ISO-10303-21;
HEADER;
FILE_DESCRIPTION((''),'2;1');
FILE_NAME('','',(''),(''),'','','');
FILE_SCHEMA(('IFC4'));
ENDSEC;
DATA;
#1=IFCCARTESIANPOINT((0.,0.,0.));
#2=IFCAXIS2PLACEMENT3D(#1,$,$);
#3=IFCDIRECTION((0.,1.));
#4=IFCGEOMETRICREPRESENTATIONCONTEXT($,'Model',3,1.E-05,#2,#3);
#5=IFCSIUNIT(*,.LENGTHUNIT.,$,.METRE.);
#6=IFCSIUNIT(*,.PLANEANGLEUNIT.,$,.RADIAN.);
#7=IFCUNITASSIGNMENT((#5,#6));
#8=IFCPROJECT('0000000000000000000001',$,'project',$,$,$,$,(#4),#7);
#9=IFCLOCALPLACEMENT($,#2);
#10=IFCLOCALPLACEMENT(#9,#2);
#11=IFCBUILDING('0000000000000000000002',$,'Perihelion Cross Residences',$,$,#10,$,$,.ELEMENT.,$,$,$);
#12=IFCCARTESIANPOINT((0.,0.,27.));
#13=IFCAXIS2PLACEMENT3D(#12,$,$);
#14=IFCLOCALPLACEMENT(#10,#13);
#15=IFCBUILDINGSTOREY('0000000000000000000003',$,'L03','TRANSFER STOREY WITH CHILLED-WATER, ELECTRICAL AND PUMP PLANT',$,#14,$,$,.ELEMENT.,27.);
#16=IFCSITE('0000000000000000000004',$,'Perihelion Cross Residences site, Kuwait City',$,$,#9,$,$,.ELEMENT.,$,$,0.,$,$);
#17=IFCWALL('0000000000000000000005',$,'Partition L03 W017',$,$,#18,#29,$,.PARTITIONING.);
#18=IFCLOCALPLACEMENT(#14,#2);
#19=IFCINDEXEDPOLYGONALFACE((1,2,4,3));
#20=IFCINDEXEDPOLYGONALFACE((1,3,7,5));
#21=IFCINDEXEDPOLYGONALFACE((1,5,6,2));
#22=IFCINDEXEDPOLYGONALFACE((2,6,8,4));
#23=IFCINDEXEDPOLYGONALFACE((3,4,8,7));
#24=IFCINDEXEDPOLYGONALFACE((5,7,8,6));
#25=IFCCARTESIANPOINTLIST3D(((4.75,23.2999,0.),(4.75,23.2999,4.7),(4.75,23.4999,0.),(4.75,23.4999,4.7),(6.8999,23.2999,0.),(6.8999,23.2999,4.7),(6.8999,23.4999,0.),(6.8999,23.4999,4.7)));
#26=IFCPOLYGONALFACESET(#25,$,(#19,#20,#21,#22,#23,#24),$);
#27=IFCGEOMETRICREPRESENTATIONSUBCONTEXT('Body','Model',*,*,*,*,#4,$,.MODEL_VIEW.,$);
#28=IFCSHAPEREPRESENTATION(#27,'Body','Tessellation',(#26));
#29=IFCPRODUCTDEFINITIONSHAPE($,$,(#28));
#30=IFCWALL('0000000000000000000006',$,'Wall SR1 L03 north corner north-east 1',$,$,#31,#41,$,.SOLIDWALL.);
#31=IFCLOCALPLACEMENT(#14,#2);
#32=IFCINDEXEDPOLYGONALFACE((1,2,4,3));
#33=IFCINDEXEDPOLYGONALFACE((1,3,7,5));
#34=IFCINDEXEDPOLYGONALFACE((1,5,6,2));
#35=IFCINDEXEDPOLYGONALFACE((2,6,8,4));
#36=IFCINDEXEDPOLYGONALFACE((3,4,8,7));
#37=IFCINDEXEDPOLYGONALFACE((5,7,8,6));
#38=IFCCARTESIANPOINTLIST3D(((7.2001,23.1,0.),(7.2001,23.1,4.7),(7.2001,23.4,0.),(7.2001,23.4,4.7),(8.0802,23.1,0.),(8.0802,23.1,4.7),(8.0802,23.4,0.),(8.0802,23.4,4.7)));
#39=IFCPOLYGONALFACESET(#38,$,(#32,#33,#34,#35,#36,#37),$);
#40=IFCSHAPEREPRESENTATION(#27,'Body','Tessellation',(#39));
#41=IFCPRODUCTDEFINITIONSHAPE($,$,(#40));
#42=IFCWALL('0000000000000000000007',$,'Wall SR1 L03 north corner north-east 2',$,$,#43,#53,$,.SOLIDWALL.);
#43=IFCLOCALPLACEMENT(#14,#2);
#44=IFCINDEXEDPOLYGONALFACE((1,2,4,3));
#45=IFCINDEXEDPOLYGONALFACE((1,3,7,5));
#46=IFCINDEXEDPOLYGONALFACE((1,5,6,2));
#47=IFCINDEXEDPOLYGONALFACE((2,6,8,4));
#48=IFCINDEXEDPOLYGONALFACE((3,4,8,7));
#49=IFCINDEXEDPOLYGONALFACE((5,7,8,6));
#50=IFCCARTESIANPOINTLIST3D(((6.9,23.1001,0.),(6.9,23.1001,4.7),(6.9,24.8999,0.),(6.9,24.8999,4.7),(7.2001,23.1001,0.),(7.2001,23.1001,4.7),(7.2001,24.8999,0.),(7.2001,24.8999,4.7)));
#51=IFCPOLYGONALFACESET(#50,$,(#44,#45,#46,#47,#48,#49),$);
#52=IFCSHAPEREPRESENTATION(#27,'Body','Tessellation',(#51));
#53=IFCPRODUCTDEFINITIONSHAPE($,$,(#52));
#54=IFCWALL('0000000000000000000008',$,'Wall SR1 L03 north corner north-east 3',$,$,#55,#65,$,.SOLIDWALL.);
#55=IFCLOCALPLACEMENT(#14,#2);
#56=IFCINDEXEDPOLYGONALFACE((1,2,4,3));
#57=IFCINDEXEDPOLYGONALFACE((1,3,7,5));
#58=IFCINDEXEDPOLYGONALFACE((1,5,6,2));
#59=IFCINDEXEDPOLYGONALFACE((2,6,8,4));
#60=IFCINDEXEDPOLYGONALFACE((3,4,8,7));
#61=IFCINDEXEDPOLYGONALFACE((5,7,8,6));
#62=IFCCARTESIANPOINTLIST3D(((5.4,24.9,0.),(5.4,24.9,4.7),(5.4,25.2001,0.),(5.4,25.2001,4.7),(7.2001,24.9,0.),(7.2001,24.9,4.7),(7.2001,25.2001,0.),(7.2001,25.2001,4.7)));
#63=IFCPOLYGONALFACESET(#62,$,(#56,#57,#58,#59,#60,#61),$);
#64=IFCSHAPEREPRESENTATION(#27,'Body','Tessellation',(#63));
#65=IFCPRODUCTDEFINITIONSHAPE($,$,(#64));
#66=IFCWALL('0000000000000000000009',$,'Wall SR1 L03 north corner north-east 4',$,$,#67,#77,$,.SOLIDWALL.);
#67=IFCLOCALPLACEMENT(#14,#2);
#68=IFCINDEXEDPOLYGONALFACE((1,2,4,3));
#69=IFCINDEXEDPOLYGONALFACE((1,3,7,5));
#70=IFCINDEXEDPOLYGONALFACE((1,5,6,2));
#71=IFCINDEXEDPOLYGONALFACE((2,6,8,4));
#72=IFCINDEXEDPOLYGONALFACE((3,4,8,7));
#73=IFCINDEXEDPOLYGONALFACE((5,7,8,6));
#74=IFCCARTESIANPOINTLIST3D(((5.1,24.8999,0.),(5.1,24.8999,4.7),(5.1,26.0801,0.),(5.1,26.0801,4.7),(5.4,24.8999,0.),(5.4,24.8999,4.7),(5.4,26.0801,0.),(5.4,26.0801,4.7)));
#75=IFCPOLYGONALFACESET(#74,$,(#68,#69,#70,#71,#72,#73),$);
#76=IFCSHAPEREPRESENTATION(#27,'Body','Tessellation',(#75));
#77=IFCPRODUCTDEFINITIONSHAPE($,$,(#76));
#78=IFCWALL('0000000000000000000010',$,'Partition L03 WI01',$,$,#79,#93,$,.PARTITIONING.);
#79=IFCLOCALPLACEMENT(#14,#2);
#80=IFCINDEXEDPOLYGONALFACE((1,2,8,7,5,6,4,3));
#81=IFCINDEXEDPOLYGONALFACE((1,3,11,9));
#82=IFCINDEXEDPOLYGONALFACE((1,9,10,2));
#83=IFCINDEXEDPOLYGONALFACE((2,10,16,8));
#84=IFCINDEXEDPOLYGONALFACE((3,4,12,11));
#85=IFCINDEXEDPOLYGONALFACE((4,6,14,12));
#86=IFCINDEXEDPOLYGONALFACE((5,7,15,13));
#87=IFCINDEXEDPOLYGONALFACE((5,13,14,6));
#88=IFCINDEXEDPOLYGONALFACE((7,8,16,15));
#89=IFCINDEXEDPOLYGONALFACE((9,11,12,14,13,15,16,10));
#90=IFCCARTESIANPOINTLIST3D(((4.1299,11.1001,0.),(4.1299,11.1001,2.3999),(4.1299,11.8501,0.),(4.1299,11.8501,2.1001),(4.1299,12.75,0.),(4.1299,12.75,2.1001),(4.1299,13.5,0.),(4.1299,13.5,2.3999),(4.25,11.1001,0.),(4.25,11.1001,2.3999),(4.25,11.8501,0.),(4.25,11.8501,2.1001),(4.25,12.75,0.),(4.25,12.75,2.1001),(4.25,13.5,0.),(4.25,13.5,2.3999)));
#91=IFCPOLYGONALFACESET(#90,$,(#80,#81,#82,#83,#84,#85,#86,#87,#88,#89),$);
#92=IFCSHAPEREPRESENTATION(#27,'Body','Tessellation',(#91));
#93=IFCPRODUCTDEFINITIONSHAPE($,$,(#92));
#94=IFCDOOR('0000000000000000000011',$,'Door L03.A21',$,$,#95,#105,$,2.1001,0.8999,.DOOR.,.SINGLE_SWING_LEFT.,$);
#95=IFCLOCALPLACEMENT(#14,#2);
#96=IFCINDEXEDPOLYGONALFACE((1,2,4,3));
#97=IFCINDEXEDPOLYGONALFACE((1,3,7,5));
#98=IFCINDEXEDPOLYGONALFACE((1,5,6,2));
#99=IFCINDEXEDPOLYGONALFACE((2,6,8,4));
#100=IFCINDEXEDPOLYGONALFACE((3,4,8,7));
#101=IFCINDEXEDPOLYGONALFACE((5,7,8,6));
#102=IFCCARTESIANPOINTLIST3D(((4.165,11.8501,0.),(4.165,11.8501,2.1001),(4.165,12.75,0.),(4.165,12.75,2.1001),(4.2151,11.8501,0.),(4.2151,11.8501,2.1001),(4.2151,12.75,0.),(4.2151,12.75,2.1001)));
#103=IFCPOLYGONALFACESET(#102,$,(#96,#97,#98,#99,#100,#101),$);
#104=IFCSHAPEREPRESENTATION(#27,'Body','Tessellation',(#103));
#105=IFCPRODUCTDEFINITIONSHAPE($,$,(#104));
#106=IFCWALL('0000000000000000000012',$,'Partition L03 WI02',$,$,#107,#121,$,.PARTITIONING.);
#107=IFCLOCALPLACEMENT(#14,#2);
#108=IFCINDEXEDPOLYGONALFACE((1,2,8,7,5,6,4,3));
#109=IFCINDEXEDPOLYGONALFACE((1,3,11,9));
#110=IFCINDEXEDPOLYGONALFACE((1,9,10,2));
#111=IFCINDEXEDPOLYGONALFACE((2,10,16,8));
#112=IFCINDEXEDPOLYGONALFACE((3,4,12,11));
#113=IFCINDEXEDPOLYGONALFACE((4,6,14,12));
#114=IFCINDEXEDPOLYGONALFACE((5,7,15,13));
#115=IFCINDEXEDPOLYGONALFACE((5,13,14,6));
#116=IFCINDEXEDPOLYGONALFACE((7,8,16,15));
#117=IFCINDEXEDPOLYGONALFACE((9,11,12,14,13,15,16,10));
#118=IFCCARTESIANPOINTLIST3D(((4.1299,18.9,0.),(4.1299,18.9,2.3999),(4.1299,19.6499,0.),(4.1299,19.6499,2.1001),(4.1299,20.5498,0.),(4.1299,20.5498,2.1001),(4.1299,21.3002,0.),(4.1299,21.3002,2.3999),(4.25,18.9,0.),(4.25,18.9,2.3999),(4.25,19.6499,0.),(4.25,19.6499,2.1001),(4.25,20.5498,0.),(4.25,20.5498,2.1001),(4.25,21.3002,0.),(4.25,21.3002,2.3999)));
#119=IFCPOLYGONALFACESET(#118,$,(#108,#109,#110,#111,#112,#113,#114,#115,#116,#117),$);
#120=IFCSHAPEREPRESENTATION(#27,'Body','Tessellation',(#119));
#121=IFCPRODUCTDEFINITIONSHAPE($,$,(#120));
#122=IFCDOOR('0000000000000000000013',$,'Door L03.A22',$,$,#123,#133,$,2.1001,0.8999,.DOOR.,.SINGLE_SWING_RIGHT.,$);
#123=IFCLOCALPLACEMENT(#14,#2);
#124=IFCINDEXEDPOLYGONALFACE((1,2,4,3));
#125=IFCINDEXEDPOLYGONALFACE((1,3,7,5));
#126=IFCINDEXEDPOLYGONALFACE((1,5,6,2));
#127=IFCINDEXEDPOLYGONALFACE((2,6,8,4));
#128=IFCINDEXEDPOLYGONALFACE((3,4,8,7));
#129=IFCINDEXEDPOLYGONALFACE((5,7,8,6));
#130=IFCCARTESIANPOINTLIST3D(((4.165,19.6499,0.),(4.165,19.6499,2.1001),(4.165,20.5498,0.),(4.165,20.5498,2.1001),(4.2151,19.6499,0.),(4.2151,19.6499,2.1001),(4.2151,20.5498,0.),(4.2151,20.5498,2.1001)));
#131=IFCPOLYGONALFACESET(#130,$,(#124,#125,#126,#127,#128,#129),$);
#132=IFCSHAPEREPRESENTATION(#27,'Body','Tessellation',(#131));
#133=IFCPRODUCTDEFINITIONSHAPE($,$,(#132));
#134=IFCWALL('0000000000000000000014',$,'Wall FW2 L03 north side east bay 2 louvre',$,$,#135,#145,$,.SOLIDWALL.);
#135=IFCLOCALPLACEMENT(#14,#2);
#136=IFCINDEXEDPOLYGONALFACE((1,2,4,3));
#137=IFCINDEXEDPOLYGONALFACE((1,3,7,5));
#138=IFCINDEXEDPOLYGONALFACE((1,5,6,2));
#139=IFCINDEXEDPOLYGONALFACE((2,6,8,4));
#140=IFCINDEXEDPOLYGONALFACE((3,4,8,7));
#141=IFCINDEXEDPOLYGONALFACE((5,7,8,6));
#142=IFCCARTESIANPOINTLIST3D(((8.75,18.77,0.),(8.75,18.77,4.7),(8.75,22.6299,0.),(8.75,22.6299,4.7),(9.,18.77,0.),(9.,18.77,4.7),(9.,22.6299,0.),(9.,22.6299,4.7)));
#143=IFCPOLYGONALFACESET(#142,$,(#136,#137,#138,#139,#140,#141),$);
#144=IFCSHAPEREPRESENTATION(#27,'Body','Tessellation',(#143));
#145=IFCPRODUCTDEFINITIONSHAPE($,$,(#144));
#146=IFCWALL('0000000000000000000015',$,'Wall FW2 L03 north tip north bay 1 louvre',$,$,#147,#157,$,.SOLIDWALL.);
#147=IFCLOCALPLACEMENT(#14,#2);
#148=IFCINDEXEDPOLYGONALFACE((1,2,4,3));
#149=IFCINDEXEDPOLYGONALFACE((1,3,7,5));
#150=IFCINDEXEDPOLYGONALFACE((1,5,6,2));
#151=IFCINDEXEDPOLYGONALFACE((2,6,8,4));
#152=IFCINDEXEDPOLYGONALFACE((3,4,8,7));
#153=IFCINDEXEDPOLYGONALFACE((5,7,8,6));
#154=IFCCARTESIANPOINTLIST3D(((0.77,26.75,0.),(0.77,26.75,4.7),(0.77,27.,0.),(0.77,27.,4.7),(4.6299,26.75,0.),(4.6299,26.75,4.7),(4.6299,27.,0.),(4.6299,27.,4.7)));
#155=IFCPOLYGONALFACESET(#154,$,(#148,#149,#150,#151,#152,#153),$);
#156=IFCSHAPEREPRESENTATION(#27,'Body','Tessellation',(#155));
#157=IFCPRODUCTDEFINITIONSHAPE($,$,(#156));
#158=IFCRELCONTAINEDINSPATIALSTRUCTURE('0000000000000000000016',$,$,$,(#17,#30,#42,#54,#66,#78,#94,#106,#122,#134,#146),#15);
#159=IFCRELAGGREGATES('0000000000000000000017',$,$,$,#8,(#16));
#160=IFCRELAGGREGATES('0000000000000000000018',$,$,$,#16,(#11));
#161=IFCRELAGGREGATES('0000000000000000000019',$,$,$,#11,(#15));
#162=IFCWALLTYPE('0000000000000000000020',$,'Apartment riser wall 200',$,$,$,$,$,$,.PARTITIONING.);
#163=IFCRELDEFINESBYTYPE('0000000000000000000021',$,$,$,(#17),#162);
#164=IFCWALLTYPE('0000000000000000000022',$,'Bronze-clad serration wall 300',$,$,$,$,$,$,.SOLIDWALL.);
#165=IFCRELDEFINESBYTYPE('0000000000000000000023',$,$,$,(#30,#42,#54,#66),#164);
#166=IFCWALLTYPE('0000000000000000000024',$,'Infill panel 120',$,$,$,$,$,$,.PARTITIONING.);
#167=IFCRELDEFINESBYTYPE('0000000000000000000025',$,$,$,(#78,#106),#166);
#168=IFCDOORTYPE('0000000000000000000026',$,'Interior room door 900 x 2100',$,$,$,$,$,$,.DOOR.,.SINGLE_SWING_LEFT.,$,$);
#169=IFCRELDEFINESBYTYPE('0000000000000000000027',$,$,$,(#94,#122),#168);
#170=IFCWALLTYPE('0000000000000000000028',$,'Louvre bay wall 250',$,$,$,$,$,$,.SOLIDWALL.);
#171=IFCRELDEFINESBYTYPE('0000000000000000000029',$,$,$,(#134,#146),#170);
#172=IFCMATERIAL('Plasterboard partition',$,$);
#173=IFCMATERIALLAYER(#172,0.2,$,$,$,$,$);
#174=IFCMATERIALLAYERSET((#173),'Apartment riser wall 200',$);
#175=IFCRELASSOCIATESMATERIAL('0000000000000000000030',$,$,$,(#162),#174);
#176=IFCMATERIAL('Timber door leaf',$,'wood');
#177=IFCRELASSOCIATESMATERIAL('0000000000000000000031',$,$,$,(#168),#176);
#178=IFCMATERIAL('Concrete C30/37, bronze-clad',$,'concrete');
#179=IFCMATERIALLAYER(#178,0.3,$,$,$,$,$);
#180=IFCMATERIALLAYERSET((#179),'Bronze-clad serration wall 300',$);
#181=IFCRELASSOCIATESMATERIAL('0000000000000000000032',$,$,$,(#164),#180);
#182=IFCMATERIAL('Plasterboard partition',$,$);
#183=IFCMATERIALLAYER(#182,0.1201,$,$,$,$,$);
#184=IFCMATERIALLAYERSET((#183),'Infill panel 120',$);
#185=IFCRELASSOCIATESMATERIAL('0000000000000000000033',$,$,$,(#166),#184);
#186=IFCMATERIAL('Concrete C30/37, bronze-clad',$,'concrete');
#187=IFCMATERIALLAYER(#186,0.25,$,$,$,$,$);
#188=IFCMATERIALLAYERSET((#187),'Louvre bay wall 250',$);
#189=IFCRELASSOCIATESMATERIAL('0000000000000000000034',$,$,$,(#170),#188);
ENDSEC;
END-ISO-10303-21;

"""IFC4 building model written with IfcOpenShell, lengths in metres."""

from ifc_helpers import new_model, si_unit, direction, frame, frame_2d, origin, place, context, subcontext, project, spatial, rectangle, extrude, material, layer, layer_set, type_object, element, fill, save


model = new_model("IFC4")

# Units and contexts
model_context = context("Model", 3, precision=1e-05, world=origin(), true_north=direction((0.0, 1.0)))
body_context = subcontext(model_context, "Body", "Model", "MODEL_VIEW")
ifc_project = project(units=[si_unit("LENGTHUNIT", "METRE"), si_unit("PLANEANGLEUNIT", "RADIAN")], contexts=[model_context])

# Site, building, storey
site_placement = place(None, origin())
site = spatial("IfcSite", under=ifc_project, at=site_placement, Name="Perihelion Cross Residences site, Kuwait City", CompositionType="ELEMENT", RefElevation=0.0)
building_placement = place(site_placement, origin())
building = spatial("IfcBuilding", under=site, at=building_placement, Name="Perihelion Cross Residences", CompositionType="ELEMENT")
storey_placement = place(building_placement, frame((0.0, 0.0, 27.0)))
storey = spatial("IfcBuildingStorey", under=building, at=storey_placement, Name="L03", Description="TRANSFER STOREY WITH CHILLED-WATER, ELECTRICAL AND PUMP PLANT", CompositionType="ELEMENT", Elevation=27.0)

# Shared definitions
ifc_material_1 = material(Name="Plasterboard partition")
ifc_layer_1 = layer(ifc_material_1, 0.2)
ifc_layer_set_1 = layer_set([ifc_layer_1], Name="Apartment riser wall 200")
wall_type_1 = type_object("IfcWallType", Name="Apartment riser wall 200", PredefinedType="PARTITIONING", material=ifc_layer_set_1)
ifc_material_2 = material(Name="Timber door leaf", Category="wood")
door_type_1 = type_object("IfcDoorType", Name="Interior room door 900 x 2100", OperationType="SINGLE_SWING_LEFT", PredefinedType="DOOR", material=ifc_material_2)

# Walls
wall_1_placement = place(storey_placement, frame((4.75, 23.3999, 0.0), z_axis=(0.0, 0.0, 1.0), x_axis=(1.0, 0.0, 0.0)))
element("IfcWall", 1, at=wall_1_placement, inside=storey, type_object=wall_type_1, Name="Partition L03 W017", PredefinedType="PARTITIONING", context=body_context, shape_type="SweptSolid", body=[
    extrude(rectangle(XDim=2.1499, YDim=0.2, at=frame_2d((1.075, 0.0))), origin(), (0.0, 0.0, 1.0), 4.7),
])
ifc_material_3 = material(Name="Concrete C30/37, bronze-clad", Category="concrete")
ifc_layer_2 = layer(ifc_material_3, 0.3)
ifc_layer_set_2 = layer_set([ifc_layer_2], Name="Bronze-clad serration wall 300")
wall_type_2 = type_object("IfcWallType", Name="Bronze-clad serration wall 300", PredefinedType="SOLIDWALL", material=ifc_layer_set_2)
wall_2_placement = place(storey_placement, frame((8.0801, 23.25, 0.0), z_axis=(0.0, 0.0, 1.0), x_axis=(-1.0, 0.0, 0.0)))
element("IfcWall", 2, at=wall_2_placement, inside=storey, type_object=wall_type_2, Name="Wall SR1 L03 north corner north-east 1", PredefinedType="SOLIDWALL", context=body_context, shape_type="SweptSolid", body=[
    extrude(rectangle(XDim=0.8801, YDim=0.3, at=frame_2d((0.4399, 0.0))), origin(), (0.0, 0.0, 1.0), 4.7),
])
wall_3_placement = place(storey_placement, frame((7.05, 23.1001, 0.0), z_axis=(0.0, 0.0, 1.0), x_axis=(0.0, 1.0, 0.0)))
element("IfcWall", 3, at=wall_3_placement, inside=storey, type_object=wall_type_2, Name="Wall SR1 L03 north corner north-east 2", PredefinedType="SOLIDWALL", context=body_context, shape_type="SweptSolid", body=[
    extrude(rectangle(XDim=1.7998, YDim=0.3, at=frame_2d((0.8999, 0.0))), origin(), (0.0, 0.0, 1.0), 4.7),
])
wall_4_placement = place(storey_placement, frame((7.2, 25.05, 0.0), z_axis=(0.0, 0.0, 1.0), x_axis=(-1.0, 0.0, 0.0)))
element("IfcWall", 4, at=wall_4_placement, inside=storey, type_object=wall_type_2, Name="Wall SR1 L03 north corner north-east 3", PredefinedType="SOLIDWALL", context=body_context, shape_type="SweptSolid", body=[
    extrude(rectangle(XDim=1.8, YDim=0.3, at=frame_2d((0.8999, 0.0))), origin(), (0.0, 0.0, 1.0), 4.7),
])
wall_5_placement = place(storey_placement, frame((5.25, 24.8999, 0.0), z_axis=(0.0, 0.0, 1.0), x_axis=(0.0, 1.0, 0.0)))
element("IfcWall", 5, at=wall_5_placement, inside=storey, type_object=wall_type_2, Name="Wall SR1 L03 north corner north-east 4", PredefinedType="SOLIDWALL", context=body_context, shape_type="SweptSolid", body=[
    extrude(rectangle(XDim=1.1802, YDim=0.3, at=frame_2d((0.5901, 0.0))), origin(), (0.0, 0.0, 1.0), 4.7),
])

# Walls, openings, doors
ifc_material_4 = material(Name="Plasterboard partition")
ifc_layer_3 = layer(ifc_material_4, 0.1201)
ifc_layer_set_3 = layer_set([ifc_layer_3], Name="Infill panel 120")
wall_type_3 = type_object("IfcWallType", Name="Infill panel 120", PredefinedType="PARTITIONING", material=ifc_layer_set_3)
wall_6_placement = place(storey_placement, frame((4.1899, 11.1001, 0.0), z_axis=(0.0, 0.0, 1.0), x_axis=(0.0, 1.0, 0.0)))
wall_6 = element("IfcWall", 6, at=wall_6_placement, inside=storey, type_object=wall_type_3, Name="Partition L03 WI01", PredefinedType="PARTITIONING", context=body_context, shape_type="SweptSolid", body=[
    extrude(rectangle(XDim=2.3999, YDim=0.1201, at=frame_2d((1.2, 0.0))), origin(), (0.0, 0.0, 1.0), 2.3999),
])
opening_1_placement = place(wall_6_placement, frame((0.75, 0.0, 0.0)))
opening_1 = element("IfcOpeningElement", 7, at=opening_1_placement, cuts=wall_6, PredefinedType="OPENING", context=body_context, shape_type="SweptSolid", body=[
    extrude(rectangle(XDim=0.8999, YDim=2.1001, at=frame_2d((0.45, 1.05))), frame((0.0, 0.0701, 0.0), z_axis=(0.0, -1.0, 0.0), x_axis=(1.0, 0.0, 0.0)), (0.0, 0.0, 1.0), 0.1401),
])
door_1_placement = place(opening_1_placement, origin())
door_1 = element("IfcDoor", 8, at=door_1_placement, inside=storey, type_object=door_type_1, Name="Door L03.A21", OperationType="SINGLE_SWING_LEFT", OverallHeight=2.1001, OverallWidth=0.8999, PredefinedType="DOOR", context=body_context, shape_type="SweptSolid", body=[
    extrude(rectangle(XDim=0.8999, YDim=2.1001, at=frame_2d((0.45, 1.05))), frame((0.0, 0.0249, 0.0), z_axis=(0.0, -1.0, 0.0), x_axis=(1.0, 0.0, 0.0)), (0.0, 0.0, 1.0), 0.05),
])
fill(opening_1, door_1)
wall_7_placement = place(storey_placement, frame((4.1899, 18.8999, 0.0), z_axis=(0.0, 0.0, 1.0), x_axis=(0.0, 1.0, 0.0)))
wall_7 = element("IfcWall", 9, at=wall_7_placement, inside=storey, type_object=wall_type_3, Name="Partition L03 WI02", PredefinedType="PARTITIONING", context=body_context, shape_type="SweptSolid", body=[
    extrude(rectangle(XDim=2.4001, YDim=0.1201, at=frame_2d((1.2002, 0.0))), origin(), (0.0, 0.0, 1.0), 2.3999),
])
opening_2_placement = place(wall_7_placement, frame((0.75, 0.0, 0.0)))
opening_2 = element("IfcOpeningElement", 10, at=opening_2_placement, cuts=wall_7, PredefinedType="OPENING", context=body_context, shape_type="SweptSolid", body=[
    extrude(rectangle(XDim=0.8999, YDim=2.1001, at=frame_2d((0.45, 1.05))), frame((0.0, 0.0701, 0.0), z_axis=(0.0, -1.0, 0.0), x_axis=(1.0, 0.0, 0.0)), (0.0, 0.0, 1.0), 0.1401),
])
door_2_placement = place(opening_2_placement, origin())
door_2 = element("IfcDoor", 11, at=door_2_placement, inside=storey, type_object=door_type_1, Name="Door L03.A22", OperationType="SINGLE_SWING_RIGHT", OverallHeight=2.1001, OverallWidth=0.8999, PredefinedType="DOOR", context=body_context, shape_type="SweptSolid", body=[
    extrude(rectangle(XDim=0.8999, YDim=2.1001, at=frame_2d((0.45, 1.05))), frame((0.0, 0.0249, 0.0), z_axis=(0.0, -1.0, 0.0), x_axis=(1.0, 0.0, 0.0)), (0.0, 0.0, 1.0), 0.05),
])
fill(opening_2, door_2)

# Walls
ifc_material_5 = material(Name="Concrete C30/37, bronze-clad", Category="concrete")
ifc_layer_4 = layer(ifc_material_5, 0.25)
ifc_layer_set_4 = layer_set([ifc_layer_4], Name="Louvre bay wall 250")
wall_type_4 = type_object("IfcWallType", Name="Louvre bay wall 250", PredefinedType="SOLIDWALL", material=ifc_layer_set_4)
for number, where, z_axis, x_axis, name in (
    (12, (8.875, 18.77, 0.0), (0.0, 0.0, 1.0), (0.0, 1.0, 0.0), "Wall FW2 L03 north side east bay 2 louvre"),
    (13, (4.6299, 26.875, 0.0), (0.0, 0.0, 1.0), (-1.0, 0.0, 0.0), "Wall FW2 L03 north tip north bay 1 louvre"),
):
    element("IfcWall", number, at=place(storey_placement, frame(where, z_axis=z_axis, x_axis=x_axis)), inside=storey, type_object=wall_type_4, Name=name, PredefinedType="SOLIDWALL", context=body_context, shape_type="SweptSolid", body=[
        extrude(rectangle(XDim=3.8599, YDim=0.25, at=frame_2d((1.9299, 0.0))), origin(), (0.0, 0.0, 1.0), 4.7),
    ])

save(model, "model.ifc")
